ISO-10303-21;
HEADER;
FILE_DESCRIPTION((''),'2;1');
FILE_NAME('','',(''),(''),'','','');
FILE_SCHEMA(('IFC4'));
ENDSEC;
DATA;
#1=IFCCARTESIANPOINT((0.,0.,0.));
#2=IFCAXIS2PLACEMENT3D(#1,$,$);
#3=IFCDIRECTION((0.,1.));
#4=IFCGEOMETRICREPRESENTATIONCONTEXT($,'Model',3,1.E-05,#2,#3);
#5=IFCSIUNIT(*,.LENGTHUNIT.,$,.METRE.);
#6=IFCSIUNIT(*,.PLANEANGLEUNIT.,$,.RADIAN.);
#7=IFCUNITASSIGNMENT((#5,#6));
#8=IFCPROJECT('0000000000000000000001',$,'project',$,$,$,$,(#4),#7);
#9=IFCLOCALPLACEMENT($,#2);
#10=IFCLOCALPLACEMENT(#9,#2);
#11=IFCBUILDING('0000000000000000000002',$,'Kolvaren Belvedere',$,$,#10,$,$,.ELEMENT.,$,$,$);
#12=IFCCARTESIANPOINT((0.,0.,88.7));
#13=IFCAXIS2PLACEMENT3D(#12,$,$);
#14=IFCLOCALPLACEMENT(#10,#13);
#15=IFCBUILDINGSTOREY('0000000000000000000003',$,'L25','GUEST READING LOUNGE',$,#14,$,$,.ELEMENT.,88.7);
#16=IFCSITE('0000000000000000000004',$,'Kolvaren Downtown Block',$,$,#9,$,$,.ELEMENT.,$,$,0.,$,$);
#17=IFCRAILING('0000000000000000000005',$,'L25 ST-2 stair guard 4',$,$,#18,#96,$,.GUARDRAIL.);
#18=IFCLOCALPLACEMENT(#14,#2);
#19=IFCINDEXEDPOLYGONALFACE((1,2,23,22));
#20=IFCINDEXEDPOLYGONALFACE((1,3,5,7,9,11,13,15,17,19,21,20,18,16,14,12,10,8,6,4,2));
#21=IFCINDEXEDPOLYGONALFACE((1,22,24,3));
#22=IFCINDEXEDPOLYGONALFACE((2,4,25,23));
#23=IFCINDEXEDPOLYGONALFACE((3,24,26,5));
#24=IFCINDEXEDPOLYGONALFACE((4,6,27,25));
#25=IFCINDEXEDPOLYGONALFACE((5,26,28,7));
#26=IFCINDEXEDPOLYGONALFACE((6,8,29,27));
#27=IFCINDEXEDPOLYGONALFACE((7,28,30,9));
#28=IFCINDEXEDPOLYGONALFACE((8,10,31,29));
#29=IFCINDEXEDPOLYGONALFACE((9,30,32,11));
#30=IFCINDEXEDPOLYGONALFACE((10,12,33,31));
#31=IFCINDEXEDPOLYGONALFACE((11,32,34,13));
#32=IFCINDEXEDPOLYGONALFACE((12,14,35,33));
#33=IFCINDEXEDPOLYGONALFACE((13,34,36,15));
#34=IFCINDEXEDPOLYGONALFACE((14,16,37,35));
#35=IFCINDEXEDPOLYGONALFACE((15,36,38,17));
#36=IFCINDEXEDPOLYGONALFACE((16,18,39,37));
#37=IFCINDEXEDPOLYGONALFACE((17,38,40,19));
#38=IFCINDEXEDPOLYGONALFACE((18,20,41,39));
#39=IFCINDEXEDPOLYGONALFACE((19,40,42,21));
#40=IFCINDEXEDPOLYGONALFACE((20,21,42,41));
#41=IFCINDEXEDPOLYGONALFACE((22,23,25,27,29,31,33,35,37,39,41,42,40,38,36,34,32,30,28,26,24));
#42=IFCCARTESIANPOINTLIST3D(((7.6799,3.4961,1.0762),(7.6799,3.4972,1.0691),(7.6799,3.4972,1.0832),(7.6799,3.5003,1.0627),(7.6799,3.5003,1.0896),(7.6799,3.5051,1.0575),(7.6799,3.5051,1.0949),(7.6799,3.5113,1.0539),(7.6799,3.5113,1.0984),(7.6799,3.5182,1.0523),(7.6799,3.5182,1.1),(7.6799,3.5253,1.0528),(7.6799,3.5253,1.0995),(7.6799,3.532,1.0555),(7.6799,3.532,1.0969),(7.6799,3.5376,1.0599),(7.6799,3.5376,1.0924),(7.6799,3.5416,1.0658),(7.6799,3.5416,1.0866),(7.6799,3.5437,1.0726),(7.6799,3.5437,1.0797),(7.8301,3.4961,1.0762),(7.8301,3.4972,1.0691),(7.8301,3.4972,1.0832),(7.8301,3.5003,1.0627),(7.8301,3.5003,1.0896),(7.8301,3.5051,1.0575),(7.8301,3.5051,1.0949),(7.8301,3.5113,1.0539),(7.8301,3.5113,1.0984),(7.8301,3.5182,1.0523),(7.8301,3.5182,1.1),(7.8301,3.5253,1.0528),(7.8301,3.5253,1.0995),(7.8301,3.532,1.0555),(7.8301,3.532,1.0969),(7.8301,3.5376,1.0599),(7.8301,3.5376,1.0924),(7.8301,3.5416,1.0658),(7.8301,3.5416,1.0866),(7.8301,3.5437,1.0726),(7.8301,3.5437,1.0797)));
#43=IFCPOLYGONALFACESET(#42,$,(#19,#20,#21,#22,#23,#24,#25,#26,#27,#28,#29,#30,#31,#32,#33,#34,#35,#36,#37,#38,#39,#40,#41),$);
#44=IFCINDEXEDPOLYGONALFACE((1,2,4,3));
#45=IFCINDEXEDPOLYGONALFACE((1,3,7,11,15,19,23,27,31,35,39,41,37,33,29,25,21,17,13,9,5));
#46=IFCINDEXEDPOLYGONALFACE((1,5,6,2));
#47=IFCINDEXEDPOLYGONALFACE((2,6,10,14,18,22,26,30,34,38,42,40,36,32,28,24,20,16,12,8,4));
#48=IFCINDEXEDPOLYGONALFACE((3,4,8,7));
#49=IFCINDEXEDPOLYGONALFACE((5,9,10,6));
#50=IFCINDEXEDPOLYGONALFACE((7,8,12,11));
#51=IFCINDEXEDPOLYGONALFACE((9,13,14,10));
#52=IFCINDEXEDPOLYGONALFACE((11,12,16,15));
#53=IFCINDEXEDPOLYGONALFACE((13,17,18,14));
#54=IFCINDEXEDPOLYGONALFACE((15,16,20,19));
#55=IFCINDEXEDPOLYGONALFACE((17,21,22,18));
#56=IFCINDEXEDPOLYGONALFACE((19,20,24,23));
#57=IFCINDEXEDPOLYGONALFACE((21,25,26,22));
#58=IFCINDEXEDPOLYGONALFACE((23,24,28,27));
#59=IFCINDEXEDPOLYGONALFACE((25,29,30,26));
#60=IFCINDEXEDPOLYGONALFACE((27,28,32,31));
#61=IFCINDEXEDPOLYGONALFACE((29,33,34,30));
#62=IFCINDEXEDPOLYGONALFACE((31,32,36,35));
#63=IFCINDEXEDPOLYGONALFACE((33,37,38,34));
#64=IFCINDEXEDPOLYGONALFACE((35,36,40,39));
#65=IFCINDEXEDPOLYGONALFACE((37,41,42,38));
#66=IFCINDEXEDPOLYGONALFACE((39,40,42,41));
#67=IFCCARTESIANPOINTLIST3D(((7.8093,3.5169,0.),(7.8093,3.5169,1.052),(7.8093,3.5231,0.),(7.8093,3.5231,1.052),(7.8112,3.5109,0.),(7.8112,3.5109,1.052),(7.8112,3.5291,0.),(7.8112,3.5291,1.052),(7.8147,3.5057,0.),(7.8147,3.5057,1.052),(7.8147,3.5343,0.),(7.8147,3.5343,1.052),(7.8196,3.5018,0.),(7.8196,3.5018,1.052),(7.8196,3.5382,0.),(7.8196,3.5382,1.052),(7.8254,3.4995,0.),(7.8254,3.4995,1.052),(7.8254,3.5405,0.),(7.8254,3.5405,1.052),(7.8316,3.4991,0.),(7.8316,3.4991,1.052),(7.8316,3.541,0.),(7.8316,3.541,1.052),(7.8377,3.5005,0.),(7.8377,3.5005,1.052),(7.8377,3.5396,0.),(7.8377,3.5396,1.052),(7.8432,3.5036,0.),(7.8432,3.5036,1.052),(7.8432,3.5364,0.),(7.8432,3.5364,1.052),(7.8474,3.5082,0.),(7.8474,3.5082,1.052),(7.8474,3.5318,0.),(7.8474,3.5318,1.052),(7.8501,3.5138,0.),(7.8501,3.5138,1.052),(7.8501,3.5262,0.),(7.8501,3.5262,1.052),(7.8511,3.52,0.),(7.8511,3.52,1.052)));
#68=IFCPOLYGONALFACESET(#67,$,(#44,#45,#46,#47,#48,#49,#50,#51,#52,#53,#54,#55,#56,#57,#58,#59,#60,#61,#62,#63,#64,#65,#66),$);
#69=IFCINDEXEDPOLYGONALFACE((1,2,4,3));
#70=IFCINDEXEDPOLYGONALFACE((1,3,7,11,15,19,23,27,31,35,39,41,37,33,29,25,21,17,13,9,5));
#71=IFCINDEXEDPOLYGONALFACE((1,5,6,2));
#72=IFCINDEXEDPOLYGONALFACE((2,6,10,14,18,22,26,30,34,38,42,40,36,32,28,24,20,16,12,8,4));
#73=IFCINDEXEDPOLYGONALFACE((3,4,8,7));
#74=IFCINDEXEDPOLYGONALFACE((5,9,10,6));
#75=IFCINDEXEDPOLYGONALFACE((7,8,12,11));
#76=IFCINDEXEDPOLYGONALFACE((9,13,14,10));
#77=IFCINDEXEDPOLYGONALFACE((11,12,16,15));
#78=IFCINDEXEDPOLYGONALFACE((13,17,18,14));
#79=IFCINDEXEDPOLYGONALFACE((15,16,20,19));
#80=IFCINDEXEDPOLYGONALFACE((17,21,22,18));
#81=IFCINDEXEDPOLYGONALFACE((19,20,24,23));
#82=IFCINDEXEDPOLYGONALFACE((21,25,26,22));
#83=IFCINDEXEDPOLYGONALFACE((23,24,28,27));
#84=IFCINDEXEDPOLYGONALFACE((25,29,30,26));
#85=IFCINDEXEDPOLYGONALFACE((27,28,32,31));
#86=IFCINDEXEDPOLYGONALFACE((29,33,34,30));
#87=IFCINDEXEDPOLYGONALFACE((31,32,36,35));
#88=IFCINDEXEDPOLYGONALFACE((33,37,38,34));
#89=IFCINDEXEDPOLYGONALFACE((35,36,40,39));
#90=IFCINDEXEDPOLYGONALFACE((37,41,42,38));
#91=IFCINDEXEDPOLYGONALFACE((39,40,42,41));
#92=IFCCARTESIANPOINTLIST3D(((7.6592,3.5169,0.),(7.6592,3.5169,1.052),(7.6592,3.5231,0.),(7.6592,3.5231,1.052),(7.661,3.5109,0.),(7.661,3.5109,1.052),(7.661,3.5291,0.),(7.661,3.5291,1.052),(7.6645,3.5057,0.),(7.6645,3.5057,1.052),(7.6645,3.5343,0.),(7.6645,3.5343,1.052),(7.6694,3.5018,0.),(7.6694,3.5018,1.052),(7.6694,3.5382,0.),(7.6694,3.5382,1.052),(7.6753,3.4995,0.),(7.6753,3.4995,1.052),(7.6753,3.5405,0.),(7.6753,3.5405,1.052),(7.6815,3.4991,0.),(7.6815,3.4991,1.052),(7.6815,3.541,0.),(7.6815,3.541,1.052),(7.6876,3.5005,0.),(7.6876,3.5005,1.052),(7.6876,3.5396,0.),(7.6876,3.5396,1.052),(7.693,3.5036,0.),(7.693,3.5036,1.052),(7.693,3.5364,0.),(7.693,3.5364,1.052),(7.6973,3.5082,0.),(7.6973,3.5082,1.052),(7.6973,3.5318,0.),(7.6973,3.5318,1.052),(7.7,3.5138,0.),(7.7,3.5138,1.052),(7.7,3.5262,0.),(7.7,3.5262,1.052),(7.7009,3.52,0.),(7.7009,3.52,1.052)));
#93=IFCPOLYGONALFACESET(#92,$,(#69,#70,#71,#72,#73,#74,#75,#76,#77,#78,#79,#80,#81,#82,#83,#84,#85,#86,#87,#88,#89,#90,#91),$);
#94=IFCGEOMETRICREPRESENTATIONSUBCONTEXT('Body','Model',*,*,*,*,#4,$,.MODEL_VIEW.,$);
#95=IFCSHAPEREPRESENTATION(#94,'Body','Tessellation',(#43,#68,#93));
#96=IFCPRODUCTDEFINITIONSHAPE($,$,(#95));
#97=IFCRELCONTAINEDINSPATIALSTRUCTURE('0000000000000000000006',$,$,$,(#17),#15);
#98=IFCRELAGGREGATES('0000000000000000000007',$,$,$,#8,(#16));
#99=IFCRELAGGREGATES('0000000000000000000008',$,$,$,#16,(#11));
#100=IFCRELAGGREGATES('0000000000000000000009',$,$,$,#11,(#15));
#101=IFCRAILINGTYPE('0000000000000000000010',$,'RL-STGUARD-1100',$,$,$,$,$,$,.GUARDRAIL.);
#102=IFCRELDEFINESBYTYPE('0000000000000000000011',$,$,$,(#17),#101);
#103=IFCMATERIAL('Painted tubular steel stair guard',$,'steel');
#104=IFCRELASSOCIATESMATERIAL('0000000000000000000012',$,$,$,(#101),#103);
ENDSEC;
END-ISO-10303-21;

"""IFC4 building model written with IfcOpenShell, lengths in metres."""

from ifc_helpers import new_model, si_unit, direction, frame, origin, origin_2d, place, context, subcontext, project, spatial, circle, extrude, material, type_object, element, save


model = new_model("IFC4")

# Units and contexts
model_context = context("Model", 3, precision=1e-05, world=origin(), true_north=direction((0.0, 1.0)))
body_context = subcontext(model_context, "Body", "Model", "MODEL_VIEW")
ifc_project = project(units=[si_unit("LENGTHUNIT", "METRE"), si_unit("PLANEANGLEUNIT", "RADIAN")], contexts=[model_context])

# Site, building, storey
site_placement = place(None, origin())
site = spatial("IfcSite", under=ifc_project, at=site_placement, Name="Kolvaren Downtown Block", CompositionType="ELEMENT", RefElevation=0.0)
building_placement = place(site_placement, origin())
building = spatial("IfcBuilding", under=site, at=building_placement, Name="Kolvaren Belvedere", CompositionType="ELEMENT")
storey_placement = place(building_placement, frame((0.0, 0.0, 88.7)))
storey = spatial("IfcBuildingStorey", under=building, at=storey_placement, Name="L25", Description="GUEST READING LOUNGE", CompositionType="ELEMENT", Elevation=88.7)

# Railing
ifc_material_1 = material(Name="Painted tubular steel stair guard", Category="steel")
railing_type_1 = type_object("IfcRailingType", Name="RL-STGUARD-1100", PredefinedType="GUARDRAIL", material=ifc_material_1)
railing_1_placement = place(storey_placement, frame((7.8301, 3.52, 0.0)))
element("IfcRailing", 1, at=railing_1_placement, inside=storey, type_object=railing_type_1, Name="L25 ST-2 stair guard 4", PredefinedType="GUARDRAIL", context=body_context, shape_type="SweptSolid", body=[
    extrude(circle(Radius=0.0239, at=origin_2d()), frame((0.0, 0.0, 1.0762), z_axis=(-1.0, 0.0, 0.0), x_axis=(0.0, -1.0, 0.0)), (0.0, 0.0, 1.0), 0.1501),
    extrude(circle(Radius=0.021, at=origin_2d()), origin(), (0.0, 0.0, 1.0), 1.052),
    extrude(circle(Radius=0.021, at=origin_2d()), frame((-0.1501, 0.0, 0.0)), (0.0, 0.0, 1.0), 1.052),
])

save(model, "model.ifc")
